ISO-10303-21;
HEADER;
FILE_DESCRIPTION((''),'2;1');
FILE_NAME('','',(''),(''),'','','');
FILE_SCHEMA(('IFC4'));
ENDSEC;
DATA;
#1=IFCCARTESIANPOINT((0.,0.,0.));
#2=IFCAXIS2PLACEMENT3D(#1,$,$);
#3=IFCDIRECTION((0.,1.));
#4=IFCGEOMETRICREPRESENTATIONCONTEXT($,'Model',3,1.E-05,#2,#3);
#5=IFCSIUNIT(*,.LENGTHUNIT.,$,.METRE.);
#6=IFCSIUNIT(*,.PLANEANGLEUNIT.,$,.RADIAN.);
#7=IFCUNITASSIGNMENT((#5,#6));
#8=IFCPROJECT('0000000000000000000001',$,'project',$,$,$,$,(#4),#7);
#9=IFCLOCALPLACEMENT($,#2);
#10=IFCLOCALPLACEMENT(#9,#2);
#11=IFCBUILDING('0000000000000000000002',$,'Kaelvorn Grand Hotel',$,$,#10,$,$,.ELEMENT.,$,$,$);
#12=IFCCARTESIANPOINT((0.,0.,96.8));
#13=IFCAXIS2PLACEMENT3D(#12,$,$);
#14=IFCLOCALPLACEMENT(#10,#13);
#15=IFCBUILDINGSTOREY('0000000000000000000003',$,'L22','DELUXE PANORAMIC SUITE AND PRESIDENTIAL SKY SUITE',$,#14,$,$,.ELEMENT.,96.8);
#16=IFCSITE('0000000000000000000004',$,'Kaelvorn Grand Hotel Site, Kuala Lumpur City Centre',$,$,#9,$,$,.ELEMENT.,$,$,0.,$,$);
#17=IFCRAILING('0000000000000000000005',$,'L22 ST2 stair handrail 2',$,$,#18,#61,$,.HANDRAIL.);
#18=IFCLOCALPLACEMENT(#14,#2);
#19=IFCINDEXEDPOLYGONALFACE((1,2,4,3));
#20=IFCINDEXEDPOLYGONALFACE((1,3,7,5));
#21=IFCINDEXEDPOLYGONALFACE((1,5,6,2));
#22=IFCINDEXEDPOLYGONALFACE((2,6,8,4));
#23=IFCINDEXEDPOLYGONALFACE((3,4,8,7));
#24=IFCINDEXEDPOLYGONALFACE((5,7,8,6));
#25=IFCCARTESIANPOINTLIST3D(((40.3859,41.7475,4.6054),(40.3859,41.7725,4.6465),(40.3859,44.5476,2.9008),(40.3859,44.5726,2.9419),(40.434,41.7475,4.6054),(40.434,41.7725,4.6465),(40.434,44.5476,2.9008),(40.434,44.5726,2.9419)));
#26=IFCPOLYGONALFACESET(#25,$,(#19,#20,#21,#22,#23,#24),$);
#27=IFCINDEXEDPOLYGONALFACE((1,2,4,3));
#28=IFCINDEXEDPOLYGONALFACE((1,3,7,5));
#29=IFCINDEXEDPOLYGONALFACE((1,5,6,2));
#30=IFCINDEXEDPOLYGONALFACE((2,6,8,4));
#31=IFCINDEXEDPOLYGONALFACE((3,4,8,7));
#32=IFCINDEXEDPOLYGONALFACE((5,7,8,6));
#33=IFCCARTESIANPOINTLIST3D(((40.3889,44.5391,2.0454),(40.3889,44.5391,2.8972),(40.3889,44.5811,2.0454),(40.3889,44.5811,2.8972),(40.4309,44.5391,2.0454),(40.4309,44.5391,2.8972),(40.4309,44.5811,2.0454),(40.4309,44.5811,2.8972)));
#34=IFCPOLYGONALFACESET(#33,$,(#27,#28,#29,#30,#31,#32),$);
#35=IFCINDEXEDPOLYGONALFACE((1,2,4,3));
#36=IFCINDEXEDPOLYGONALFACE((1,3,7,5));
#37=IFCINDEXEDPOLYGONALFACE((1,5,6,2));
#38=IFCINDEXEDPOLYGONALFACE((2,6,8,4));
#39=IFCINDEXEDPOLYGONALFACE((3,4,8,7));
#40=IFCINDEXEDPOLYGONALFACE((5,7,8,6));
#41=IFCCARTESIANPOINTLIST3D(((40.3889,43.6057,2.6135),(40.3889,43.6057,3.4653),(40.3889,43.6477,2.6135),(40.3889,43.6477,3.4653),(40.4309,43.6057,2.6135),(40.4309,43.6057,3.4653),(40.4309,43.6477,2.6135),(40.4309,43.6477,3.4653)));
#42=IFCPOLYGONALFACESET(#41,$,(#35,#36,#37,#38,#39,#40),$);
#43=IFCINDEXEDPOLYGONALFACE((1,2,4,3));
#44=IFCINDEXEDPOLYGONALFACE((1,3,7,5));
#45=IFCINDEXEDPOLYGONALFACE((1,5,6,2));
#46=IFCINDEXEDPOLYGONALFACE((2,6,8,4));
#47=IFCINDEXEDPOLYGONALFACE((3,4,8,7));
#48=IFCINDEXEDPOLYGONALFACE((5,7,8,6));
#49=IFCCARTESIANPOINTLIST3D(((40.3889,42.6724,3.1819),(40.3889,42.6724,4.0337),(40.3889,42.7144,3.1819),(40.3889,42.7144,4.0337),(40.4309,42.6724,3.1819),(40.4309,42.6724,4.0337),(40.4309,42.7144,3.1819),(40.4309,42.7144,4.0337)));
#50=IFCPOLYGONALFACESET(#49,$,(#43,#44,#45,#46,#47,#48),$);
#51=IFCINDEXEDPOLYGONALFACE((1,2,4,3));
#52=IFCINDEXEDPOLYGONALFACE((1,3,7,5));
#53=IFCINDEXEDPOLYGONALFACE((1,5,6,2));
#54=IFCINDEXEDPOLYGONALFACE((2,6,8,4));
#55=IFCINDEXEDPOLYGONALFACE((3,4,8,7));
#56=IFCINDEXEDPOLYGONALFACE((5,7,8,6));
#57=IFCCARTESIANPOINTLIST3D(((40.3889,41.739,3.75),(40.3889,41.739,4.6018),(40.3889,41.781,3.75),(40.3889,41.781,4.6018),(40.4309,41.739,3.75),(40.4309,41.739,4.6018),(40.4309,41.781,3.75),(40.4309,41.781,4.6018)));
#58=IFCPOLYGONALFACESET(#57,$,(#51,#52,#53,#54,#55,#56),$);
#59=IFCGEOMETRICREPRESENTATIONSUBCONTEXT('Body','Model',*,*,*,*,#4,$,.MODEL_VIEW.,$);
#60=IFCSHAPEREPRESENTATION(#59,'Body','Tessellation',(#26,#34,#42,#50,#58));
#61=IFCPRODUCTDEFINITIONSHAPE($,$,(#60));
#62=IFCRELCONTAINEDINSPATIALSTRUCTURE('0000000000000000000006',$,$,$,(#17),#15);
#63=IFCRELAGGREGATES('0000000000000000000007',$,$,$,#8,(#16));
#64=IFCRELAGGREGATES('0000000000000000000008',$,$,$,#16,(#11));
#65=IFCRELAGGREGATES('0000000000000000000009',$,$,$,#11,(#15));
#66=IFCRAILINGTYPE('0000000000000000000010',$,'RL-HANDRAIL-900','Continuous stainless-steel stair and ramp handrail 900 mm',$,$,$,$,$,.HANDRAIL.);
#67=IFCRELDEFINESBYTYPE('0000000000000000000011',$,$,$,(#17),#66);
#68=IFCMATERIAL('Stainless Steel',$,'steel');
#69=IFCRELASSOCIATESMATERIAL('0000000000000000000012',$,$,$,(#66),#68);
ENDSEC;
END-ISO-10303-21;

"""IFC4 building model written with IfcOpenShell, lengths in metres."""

from ifc_helpers import new_model, si_unit, direction, frame, origin, origin_2d, place, context, subcontext, project, spatial, rectangle, extrude, material, type_object, element, save


model = new_model("IFC4")

# Units and contexts
model_context = context("Model", 3, precision=1e-05, world=origin(), true_north=direction((0.0, 1.0)))
body_context = subcontext(model_context, "Body", "Model", "MODEL_VIEW")
ifc_project = project(units=[si_unit("LENGTHUNIT", "METRE"), si_unit("PLANEANGLEUNIT", "RADIAN")], contexts=[model_context])

# Site, building, storey
site_placement = place(None, origin())
site = spatial("IfcSite", under=ifc_project, at=site_placement, Name="Kaelvorn Grand Hotel Site, Kuala Lumpur City Centre", CompositionType="ELEMENT", RefElevation=0.0)
building_placement = place(site_placement, origin())
building = spatial("IfcBuilding", under=site, at=building_placement, Name="Kaelvorn Grand Hotel", CompositionType="ELEMENT")
storey_placement = place(building_placement, frame((0.0, 0.0, 96.8)))
storey = spatial("IfcBuildingStorey", under=building, at=storey_placement, Name="L22", Description="DELUXE PANORAMIC SUITE AND PRESIDENTIAL SKY SUITE", CompositionType="ELEMENT", Elevation=96.8)

# Railing
ifc_material_1 = material(Name="Stainless Steel", Category="steel")
railing_type = type_object("IfcRailingType", Name="RL-HANDRAIL-900", Description="Continuous stainless-steel stair and ramp handrail 900 mm", PredefinedType="HANDRAIL", material=ifc_material_1)
railing_placement = place(storey_placement, frame((40.4099, 44.5601, 2.0454)))
element("IfcRailing", 1, at=railing_placement, inside=storey, type_object=railing_type, Name="L22 ST2 stair handrail 2", PredefinedType="HANDRAIL", context=body_context, shape_type="SweptSolid", body=[
    extrude(rectangle(XDim=0.0481, YDim=0.0481, at=origin_2d()), frame((0.0, 0.0, 0.876), z_axis=(0.0, -0.85417, 0.519994), x_axis=(1.0, 0.0, 0.0)), (0.0, 0.0, 1.0), 3.2781),
    extrude(rectangle(XDim=0.042, YDim=0.042, at=origin_2d()), origin(), (0.0, 0.0, 1.0), 0.8518),
    extrude(rectangle(XDim=0.042, YDim=0.042, at=origin_2d()), frame((0.0, -0.9333, 0.5681)), (0.0, 0.0, 1.0), 0.8518),
    extrude(rectangle(XDim=0.042, YDim=0.042, at=origin_2d()), frame((0.0, -1.8667, 1.1365)), (0.0, 0.0, 1.0), 0.8518),
    extrude(rectangle(XDim=0.042, YDim=0.042, at=origin_2d()), frame((0.0, -2.8, 1.7046)), (0.0, 0.0, 1.0), 0.8518),
])

save(model, "model.ifc")
